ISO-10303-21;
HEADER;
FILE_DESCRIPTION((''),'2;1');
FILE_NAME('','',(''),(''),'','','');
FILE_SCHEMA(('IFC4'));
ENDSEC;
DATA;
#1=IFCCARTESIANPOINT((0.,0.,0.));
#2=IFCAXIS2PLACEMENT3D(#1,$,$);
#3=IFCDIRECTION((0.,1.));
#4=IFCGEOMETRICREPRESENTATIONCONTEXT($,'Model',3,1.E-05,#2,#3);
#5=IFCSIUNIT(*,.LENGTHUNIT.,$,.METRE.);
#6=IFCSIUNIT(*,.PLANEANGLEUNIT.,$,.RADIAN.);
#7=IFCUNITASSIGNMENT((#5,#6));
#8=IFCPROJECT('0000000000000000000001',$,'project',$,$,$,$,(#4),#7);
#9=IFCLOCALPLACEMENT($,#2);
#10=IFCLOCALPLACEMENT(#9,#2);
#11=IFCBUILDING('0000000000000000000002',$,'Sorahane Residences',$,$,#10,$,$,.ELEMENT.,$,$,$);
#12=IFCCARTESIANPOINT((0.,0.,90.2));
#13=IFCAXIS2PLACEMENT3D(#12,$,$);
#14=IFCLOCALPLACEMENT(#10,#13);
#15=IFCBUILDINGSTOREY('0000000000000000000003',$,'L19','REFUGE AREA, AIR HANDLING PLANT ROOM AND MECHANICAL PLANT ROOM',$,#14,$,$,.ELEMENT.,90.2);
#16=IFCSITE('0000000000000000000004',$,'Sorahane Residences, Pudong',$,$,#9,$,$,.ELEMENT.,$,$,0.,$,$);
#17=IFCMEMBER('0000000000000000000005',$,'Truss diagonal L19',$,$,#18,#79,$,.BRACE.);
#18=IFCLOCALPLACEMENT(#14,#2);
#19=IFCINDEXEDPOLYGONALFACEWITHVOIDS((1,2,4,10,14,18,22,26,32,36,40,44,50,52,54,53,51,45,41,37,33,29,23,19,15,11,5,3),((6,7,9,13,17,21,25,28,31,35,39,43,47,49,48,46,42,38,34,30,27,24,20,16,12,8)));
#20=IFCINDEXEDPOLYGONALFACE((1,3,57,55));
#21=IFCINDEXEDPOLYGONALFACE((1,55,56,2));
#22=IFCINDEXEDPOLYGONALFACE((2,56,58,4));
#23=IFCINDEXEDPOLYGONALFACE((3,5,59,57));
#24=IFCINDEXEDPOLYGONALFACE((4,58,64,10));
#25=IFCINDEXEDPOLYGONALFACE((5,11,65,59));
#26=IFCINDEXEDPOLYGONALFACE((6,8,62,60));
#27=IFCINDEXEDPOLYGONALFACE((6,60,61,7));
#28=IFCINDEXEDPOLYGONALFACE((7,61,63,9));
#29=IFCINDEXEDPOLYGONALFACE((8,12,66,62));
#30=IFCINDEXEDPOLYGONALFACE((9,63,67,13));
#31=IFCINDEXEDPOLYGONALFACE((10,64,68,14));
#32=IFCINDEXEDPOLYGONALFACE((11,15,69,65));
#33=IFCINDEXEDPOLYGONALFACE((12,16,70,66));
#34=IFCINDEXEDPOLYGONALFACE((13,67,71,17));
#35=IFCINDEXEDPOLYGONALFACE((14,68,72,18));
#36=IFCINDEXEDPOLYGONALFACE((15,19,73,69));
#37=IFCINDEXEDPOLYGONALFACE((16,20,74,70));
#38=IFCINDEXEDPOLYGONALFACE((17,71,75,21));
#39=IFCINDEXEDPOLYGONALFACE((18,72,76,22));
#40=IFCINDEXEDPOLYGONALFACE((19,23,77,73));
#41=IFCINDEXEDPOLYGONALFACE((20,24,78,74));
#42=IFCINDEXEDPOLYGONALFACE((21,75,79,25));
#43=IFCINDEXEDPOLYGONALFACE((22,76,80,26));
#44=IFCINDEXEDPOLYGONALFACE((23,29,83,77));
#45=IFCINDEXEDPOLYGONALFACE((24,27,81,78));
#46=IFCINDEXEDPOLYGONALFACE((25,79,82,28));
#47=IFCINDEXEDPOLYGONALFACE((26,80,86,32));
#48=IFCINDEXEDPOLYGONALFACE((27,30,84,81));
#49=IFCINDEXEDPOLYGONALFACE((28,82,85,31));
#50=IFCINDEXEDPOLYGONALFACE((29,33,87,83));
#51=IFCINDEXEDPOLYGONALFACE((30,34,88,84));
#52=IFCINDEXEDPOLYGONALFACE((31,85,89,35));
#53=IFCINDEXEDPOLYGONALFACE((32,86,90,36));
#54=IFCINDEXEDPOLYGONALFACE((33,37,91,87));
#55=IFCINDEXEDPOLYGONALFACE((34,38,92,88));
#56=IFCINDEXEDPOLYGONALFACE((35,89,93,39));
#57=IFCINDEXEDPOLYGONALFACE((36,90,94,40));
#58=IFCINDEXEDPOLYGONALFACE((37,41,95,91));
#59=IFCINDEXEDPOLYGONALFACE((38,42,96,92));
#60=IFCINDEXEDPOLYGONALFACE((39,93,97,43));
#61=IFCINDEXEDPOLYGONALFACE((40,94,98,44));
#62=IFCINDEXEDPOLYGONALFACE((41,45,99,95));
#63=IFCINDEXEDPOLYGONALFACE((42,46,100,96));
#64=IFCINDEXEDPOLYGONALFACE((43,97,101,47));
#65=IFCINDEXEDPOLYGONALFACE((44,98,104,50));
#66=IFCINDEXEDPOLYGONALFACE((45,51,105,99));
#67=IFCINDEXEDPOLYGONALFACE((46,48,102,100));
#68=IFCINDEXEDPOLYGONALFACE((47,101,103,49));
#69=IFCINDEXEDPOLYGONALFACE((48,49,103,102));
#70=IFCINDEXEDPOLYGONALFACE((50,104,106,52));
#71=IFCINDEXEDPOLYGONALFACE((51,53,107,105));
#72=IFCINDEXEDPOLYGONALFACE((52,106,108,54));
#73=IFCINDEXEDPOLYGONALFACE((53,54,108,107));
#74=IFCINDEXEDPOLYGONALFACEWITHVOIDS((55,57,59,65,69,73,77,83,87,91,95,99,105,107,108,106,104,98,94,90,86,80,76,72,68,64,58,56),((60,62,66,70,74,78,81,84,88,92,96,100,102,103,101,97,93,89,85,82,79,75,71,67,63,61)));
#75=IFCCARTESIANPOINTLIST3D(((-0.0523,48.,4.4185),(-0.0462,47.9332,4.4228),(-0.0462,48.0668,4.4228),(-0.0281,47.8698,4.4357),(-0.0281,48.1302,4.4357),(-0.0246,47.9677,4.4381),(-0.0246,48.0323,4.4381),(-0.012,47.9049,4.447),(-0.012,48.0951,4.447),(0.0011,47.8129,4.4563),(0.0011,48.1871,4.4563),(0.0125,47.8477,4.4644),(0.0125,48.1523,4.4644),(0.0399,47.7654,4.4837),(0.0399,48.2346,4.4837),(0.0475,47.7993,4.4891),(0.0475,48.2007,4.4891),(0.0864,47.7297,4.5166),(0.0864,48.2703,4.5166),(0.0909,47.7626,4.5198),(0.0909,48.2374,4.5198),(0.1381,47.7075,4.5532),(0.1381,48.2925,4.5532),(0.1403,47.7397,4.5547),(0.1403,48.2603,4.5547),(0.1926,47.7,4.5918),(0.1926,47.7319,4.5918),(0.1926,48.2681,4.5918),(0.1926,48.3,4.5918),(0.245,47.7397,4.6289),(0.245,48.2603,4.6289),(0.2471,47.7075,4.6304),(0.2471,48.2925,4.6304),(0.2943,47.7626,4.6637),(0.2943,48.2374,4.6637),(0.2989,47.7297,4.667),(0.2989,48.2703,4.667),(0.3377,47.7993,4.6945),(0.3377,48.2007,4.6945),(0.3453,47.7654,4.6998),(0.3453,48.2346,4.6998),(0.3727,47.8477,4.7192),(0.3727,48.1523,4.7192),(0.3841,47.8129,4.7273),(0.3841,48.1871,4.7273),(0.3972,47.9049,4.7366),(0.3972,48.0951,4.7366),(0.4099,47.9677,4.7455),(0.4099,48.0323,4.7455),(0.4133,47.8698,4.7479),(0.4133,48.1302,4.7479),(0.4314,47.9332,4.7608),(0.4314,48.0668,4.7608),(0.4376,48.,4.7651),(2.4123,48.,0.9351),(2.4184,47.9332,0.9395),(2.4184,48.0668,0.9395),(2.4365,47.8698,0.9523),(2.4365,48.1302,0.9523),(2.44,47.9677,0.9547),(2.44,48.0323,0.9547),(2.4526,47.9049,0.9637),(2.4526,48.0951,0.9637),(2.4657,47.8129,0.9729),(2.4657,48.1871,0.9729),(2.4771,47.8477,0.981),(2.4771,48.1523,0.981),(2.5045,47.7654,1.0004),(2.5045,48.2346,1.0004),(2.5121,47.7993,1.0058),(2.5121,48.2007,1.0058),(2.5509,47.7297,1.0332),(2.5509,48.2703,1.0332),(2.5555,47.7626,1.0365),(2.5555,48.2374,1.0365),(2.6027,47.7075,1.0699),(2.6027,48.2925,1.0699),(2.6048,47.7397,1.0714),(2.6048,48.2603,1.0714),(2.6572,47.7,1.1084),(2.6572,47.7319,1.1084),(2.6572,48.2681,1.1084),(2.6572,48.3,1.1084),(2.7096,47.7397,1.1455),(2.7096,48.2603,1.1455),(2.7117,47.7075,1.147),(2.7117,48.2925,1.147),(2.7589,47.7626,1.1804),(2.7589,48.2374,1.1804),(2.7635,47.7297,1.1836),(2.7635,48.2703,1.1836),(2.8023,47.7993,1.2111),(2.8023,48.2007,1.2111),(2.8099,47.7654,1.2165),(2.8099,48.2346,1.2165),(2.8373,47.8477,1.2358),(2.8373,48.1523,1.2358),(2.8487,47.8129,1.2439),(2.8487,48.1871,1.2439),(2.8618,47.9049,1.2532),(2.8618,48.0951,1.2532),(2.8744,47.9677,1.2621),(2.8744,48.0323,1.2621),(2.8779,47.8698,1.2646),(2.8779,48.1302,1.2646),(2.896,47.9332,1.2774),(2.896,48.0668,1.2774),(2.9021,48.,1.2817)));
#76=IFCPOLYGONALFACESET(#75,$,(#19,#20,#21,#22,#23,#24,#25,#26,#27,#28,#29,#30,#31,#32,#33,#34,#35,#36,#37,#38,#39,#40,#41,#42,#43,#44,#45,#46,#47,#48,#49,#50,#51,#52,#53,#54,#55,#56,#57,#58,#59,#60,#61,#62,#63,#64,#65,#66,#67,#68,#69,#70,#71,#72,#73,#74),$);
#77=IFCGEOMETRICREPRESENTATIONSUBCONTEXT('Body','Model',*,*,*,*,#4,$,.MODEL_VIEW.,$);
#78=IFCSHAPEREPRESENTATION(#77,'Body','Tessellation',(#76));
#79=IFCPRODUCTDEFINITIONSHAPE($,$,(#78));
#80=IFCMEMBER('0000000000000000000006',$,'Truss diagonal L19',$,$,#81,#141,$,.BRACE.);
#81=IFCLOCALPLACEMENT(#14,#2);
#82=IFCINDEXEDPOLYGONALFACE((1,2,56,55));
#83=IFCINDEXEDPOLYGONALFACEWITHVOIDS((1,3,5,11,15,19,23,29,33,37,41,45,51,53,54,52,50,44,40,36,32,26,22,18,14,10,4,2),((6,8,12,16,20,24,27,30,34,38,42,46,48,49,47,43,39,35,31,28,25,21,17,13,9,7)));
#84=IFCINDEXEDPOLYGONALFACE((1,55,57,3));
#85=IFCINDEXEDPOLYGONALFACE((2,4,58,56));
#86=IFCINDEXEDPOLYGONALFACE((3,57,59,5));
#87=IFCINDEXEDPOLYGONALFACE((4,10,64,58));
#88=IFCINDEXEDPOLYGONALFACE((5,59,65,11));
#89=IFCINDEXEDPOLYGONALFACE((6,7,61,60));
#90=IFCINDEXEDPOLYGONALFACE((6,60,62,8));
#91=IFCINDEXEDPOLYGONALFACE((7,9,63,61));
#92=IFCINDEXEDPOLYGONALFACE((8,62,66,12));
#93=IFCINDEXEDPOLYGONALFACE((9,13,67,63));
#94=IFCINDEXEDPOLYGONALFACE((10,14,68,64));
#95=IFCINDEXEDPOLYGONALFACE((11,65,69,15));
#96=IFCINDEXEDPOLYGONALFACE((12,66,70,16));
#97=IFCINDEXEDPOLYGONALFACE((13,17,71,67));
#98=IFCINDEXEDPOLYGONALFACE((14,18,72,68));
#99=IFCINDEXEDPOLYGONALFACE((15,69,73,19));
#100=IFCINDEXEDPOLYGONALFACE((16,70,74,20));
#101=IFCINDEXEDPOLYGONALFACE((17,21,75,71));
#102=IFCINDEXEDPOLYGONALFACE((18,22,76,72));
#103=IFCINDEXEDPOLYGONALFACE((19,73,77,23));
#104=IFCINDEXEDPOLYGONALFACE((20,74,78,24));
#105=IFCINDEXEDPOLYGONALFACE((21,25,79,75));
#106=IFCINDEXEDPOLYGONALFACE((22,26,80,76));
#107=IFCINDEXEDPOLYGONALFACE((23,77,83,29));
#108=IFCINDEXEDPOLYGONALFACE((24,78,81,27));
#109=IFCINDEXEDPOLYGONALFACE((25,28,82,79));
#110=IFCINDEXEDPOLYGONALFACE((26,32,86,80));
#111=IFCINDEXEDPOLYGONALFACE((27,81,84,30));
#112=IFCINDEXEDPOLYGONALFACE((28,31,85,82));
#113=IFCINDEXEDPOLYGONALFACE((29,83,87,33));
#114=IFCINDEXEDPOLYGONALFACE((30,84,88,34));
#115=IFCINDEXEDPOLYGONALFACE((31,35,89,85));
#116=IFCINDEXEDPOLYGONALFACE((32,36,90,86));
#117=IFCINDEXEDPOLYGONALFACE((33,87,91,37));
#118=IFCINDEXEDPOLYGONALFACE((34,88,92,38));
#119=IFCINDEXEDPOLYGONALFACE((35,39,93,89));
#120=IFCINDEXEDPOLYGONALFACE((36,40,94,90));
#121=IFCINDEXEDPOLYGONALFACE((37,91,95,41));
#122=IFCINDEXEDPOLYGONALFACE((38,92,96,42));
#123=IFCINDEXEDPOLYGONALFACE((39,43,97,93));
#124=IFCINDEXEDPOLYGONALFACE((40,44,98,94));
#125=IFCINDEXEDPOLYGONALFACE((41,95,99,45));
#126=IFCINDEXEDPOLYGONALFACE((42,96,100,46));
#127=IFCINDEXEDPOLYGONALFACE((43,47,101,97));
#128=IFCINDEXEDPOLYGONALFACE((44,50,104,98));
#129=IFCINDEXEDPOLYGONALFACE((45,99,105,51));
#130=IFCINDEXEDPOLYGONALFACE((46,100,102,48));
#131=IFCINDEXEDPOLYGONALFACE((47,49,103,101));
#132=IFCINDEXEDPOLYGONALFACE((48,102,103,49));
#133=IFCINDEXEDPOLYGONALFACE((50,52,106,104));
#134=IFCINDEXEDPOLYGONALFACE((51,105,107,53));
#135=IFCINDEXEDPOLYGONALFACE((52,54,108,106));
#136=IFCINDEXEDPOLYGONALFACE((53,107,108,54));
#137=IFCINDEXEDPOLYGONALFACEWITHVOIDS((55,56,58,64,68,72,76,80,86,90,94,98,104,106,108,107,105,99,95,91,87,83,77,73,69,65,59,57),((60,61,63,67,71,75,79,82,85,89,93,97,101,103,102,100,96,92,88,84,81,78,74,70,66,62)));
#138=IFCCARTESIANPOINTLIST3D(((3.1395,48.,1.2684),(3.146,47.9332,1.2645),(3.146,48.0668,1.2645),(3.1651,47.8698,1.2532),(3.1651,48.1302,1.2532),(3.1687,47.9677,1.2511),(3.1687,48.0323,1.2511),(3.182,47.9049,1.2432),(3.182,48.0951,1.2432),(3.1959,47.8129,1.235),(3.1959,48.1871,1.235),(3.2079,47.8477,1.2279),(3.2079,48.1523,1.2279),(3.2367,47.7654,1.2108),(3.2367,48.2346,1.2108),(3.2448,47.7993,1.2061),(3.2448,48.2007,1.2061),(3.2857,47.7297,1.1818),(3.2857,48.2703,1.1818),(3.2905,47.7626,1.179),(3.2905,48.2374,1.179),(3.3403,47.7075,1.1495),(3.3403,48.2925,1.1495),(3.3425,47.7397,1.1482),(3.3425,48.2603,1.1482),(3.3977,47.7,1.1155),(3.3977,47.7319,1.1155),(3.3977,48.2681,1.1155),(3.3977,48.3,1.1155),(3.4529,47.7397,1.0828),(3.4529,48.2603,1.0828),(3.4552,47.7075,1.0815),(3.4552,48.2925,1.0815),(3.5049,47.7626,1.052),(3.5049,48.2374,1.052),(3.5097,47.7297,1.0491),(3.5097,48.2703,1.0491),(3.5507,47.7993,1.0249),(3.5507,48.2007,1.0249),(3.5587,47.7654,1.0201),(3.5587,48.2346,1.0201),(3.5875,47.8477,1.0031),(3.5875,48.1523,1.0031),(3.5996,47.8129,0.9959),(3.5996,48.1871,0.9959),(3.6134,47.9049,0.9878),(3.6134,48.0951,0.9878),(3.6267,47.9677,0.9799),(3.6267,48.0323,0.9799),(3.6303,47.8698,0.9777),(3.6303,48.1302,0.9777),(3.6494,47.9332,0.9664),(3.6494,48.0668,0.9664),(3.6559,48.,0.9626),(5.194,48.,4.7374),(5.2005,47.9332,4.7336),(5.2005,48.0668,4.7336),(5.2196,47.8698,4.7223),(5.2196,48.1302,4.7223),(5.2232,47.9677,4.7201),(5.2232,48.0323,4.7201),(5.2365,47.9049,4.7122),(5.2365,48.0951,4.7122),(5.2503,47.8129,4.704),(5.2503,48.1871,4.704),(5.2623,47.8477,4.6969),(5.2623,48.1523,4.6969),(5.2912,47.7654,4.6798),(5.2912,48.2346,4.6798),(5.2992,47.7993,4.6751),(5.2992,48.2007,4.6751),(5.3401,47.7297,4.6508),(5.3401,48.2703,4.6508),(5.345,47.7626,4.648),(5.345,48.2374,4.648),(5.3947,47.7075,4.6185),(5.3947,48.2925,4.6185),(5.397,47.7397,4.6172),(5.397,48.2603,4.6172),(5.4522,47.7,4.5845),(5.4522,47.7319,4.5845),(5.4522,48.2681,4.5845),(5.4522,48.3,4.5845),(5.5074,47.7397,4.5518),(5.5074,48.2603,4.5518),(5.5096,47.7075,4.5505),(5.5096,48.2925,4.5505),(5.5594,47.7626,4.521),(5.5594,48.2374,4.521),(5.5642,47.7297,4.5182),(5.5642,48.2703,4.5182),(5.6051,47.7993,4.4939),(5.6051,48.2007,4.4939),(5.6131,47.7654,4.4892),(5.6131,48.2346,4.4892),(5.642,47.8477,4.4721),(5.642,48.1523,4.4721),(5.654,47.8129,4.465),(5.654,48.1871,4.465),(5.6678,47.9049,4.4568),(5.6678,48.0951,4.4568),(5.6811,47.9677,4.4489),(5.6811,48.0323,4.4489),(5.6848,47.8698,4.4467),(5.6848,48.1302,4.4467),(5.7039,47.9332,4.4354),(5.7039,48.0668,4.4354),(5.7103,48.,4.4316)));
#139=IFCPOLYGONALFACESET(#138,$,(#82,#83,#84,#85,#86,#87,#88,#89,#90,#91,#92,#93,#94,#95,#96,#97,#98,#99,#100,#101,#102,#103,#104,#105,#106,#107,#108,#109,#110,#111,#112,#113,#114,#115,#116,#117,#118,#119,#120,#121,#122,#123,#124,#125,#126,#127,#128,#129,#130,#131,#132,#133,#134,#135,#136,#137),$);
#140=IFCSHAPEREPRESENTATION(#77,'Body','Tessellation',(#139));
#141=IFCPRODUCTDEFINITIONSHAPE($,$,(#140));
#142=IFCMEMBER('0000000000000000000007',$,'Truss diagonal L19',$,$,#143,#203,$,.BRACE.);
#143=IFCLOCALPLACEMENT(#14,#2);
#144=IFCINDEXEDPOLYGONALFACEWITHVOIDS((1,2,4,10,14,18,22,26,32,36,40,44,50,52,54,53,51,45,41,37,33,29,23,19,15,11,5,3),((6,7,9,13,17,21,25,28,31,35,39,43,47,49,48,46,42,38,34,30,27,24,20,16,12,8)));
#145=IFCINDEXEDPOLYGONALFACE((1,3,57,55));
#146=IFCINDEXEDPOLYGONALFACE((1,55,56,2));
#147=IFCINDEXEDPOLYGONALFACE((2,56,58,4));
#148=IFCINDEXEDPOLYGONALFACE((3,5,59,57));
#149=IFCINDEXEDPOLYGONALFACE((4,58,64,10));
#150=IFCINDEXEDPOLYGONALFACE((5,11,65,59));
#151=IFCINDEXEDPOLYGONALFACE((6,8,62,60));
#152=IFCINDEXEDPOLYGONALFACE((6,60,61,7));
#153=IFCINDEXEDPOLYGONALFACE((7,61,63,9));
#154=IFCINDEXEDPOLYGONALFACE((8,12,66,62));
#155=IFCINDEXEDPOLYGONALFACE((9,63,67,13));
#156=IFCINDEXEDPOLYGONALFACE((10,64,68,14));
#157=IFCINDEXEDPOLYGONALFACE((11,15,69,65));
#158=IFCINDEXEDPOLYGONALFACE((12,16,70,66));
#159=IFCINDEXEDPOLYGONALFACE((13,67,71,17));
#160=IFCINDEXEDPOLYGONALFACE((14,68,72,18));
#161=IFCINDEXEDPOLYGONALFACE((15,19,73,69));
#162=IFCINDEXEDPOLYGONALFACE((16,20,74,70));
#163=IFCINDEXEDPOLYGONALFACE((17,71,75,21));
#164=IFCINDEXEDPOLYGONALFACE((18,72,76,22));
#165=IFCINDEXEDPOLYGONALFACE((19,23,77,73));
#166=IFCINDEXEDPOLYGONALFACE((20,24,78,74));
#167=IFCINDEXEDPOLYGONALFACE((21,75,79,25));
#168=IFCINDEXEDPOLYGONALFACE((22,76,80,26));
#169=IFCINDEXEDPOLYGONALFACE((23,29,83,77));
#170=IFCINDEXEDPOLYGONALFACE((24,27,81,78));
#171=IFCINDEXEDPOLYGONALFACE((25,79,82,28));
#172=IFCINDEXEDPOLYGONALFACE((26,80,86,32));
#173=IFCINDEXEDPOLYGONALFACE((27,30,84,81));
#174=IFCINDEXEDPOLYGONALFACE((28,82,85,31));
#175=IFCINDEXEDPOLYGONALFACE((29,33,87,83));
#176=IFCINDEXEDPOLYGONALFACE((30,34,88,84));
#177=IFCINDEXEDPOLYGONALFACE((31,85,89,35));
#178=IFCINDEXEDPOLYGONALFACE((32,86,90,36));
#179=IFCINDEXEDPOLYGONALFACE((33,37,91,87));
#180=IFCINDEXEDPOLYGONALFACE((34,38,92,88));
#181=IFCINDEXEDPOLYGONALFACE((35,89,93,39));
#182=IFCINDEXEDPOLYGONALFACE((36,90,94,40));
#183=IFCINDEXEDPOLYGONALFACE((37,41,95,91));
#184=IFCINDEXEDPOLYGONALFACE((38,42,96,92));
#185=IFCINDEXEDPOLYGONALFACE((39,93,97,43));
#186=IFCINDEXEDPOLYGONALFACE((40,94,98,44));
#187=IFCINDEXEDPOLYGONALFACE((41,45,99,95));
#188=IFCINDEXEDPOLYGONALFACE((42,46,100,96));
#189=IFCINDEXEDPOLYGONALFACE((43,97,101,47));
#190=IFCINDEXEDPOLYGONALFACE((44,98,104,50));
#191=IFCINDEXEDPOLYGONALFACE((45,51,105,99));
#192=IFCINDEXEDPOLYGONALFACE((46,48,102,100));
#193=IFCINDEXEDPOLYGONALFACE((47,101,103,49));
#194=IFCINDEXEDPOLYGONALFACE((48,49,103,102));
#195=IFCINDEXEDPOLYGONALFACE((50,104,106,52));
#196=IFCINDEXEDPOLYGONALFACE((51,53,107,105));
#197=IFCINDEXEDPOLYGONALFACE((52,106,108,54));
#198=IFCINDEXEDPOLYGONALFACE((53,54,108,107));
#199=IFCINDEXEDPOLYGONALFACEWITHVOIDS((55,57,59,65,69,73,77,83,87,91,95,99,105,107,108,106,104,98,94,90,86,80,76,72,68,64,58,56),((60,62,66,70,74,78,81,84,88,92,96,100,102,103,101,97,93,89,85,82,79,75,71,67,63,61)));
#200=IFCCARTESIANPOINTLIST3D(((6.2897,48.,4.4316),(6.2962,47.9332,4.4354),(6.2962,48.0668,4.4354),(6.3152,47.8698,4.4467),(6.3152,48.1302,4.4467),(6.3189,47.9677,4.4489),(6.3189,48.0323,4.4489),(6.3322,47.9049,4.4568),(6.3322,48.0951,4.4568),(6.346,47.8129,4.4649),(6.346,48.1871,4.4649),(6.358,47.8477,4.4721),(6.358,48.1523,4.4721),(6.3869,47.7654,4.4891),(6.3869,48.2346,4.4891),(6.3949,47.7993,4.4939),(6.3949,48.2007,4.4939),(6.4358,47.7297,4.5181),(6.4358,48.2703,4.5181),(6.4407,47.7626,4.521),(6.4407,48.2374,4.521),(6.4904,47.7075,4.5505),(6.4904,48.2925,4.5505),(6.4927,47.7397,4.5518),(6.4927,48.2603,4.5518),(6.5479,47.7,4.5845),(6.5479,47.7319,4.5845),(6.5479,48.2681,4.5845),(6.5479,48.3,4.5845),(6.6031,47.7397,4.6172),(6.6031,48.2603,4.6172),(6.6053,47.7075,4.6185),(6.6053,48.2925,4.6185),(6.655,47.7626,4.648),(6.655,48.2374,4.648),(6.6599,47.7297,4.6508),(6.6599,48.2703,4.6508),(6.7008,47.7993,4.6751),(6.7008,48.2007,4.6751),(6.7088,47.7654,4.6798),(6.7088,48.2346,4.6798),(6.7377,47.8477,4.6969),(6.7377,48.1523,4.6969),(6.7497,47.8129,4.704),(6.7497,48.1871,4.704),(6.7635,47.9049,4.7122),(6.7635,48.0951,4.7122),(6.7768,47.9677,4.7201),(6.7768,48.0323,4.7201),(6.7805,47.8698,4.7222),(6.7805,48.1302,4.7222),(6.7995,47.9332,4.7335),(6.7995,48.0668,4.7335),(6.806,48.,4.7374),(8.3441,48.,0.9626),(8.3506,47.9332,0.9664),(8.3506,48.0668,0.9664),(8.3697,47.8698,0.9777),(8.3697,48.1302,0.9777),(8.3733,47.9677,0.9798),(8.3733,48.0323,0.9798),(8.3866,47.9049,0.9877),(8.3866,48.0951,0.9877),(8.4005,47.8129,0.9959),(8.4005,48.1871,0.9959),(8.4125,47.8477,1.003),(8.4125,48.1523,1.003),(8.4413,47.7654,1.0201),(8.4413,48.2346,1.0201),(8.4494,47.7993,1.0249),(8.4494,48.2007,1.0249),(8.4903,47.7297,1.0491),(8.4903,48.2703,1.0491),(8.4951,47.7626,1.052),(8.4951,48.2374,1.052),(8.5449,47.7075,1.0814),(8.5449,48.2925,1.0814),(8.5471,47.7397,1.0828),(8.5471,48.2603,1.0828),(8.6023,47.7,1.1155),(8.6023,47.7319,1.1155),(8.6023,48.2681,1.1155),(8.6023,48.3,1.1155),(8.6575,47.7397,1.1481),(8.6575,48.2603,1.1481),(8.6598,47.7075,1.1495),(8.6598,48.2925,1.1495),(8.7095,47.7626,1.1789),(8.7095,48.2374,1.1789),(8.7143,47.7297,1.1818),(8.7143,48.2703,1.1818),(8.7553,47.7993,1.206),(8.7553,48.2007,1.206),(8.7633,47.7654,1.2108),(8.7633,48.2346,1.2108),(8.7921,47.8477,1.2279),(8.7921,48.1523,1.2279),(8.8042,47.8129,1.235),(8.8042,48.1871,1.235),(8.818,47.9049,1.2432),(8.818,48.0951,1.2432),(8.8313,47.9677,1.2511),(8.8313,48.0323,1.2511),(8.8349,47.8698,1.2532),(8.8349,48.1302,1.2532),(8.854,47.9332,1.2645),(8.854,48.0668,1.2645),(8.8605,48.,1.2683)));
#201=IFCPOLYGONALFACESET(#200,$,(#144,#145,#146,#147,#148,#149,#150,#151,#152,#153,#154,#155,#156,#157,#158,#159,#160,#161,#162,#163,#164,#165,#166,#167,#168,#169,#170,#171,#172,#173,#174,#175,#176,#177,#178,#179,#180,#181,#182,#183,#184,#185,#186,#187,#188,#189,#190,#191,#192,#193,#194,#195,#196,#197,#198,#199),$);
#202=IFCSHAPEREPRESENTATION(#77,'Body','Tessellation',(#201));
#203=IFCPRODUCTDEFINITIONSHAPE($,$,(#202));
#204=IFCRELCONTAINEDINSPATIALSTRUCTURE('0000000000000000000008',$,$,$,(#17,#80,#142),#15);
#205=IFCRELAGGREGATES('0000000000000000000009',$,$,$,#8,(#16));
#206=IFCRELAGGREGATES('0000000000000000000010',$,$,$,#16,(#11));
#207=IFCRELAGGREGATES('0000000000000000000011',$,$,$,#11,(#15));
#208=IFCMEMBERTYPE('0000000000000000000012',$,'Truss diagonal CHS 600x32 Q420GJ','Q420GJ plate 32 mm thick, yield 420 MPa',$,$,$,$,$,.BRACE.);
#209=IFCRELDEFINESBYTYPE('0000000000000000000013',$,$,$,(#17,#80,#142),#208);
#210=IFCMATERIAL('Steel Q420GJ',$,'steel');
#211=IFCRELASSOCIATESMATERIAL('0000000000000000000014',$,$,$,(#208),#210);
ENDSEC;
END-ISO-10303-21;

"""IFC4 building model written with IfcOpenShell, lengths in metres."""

from ifc_helpers import new_model, si_unit, direction, frame, origin, origin_2d, place, context, subcontext, project, spatial, hollow_circle, extrude, material, material_profile, profile_set, type_object, element, save


model = new_model("IFC4")

# Units and contexts
model_context = context("Model", 3, precision=1e-05, world=origin(), true_north=direction((0.0, 1.0)))
body_context = subcontext(model_context, "Body", "Model", "MODEL_VIEW")
ifc_project = project(units=[si_unit("LENGTHUNIT", "METRE"), si_unit("PLANEANGLEUNIT", "RADIAN")], contexts=[model_context])

# Site, building, storey
site_placement = place(None, origin())
site = spatial("IfcSite", under=ifc_project, at=site_placement, Name="Sorahane Residences, Pudong", CompositionType="ELEMENT", RefElevation=0.0)
building_placement = place(site_placement, origin())
building = spatial("IfcBuilding", under=site, at=building_placement, Name="Sorahane Residences", CompositionType="ELEMENT")
storey_placement = place(building_placement, frame((0.0, 0.0, 90.2)))
storey = spatial("IfcBuildingStorey", under=building, at=storey_placement, Name="L19", Description="REFUGE AREA, AIR HANDLING PLANT ROOM AND MECHANICAL PLANT ROOM", CompositionType="ELEMENT", Elevation=90.2)

# Members
ifc_material_1 = material(Name="Steel Q420GJ", Category="steel")
ifc_material_profile_1 = material_profile(ifc_material_1, hollow_circle(Radius=0.3, WallThickness=0.032, at=origin_2d()), Name="CHS 600x32")
ifc_profile_set_1 = profile_set([ifc_material_profile_1], Name="Steel Q420GJ")
member_type = type_object("IfcMemberType", Name="Truss diagonal CHS 600x32 Q420GJ", Description="Q420GJ plate 32 mm thick, yield 420 MPa", PredefinedType="BRACE", material=ifc_profile_set_1)
member_placement = place(storey_placement, frame((0.1926, 48.0, 4.5918), z_axis=(0.577579, 0.0, -0.816335), x_axis=(0.0, 1.0, 0.0)))
element("IfcMember", 1, at=member_placement, inside=storey, type_object=member_type, Name="Truss diagonal L19", PredefinedType="BRACE", context=body_context, shape_type="SweptSolid", body=[
    extrude(hollow_circle(Radius=0.3, WallThickness=0.032, at=origin_2d()), origin(), (0.0, 0.0, 1.0), 4.2671),
])
for number, where, z_axis, x_axis, name in (
    (2, (3.3977, 48.0, 1.1155), (0.509572, 0.0, 0.860428), (0.0, 1.0, 0.0), "Truss diagonal L19"),
    (3, (6.5479, 48.0, 4.5845), (0.509572, 0.0, -0.860428), (0.0, 1.0, 0.0), "Truss diagonal L19"),
):
    element("IfcMember", number, at=place(storey_placement, frame(where, z_axis=z_axis, x_axis=x_axis)), inside=storey, type_object=member_type, Name=name, PredefinedType="BRACE", context=body_context, shape_type="SweptSolid", body=[
        extrude(hollow_circle(Radius=0.3, WallThickness=0.032, at=origin_2d()), origin(), (0.0, 0.0, 1.0), 4.0317),
    ])

save(model, "model.ifc")
